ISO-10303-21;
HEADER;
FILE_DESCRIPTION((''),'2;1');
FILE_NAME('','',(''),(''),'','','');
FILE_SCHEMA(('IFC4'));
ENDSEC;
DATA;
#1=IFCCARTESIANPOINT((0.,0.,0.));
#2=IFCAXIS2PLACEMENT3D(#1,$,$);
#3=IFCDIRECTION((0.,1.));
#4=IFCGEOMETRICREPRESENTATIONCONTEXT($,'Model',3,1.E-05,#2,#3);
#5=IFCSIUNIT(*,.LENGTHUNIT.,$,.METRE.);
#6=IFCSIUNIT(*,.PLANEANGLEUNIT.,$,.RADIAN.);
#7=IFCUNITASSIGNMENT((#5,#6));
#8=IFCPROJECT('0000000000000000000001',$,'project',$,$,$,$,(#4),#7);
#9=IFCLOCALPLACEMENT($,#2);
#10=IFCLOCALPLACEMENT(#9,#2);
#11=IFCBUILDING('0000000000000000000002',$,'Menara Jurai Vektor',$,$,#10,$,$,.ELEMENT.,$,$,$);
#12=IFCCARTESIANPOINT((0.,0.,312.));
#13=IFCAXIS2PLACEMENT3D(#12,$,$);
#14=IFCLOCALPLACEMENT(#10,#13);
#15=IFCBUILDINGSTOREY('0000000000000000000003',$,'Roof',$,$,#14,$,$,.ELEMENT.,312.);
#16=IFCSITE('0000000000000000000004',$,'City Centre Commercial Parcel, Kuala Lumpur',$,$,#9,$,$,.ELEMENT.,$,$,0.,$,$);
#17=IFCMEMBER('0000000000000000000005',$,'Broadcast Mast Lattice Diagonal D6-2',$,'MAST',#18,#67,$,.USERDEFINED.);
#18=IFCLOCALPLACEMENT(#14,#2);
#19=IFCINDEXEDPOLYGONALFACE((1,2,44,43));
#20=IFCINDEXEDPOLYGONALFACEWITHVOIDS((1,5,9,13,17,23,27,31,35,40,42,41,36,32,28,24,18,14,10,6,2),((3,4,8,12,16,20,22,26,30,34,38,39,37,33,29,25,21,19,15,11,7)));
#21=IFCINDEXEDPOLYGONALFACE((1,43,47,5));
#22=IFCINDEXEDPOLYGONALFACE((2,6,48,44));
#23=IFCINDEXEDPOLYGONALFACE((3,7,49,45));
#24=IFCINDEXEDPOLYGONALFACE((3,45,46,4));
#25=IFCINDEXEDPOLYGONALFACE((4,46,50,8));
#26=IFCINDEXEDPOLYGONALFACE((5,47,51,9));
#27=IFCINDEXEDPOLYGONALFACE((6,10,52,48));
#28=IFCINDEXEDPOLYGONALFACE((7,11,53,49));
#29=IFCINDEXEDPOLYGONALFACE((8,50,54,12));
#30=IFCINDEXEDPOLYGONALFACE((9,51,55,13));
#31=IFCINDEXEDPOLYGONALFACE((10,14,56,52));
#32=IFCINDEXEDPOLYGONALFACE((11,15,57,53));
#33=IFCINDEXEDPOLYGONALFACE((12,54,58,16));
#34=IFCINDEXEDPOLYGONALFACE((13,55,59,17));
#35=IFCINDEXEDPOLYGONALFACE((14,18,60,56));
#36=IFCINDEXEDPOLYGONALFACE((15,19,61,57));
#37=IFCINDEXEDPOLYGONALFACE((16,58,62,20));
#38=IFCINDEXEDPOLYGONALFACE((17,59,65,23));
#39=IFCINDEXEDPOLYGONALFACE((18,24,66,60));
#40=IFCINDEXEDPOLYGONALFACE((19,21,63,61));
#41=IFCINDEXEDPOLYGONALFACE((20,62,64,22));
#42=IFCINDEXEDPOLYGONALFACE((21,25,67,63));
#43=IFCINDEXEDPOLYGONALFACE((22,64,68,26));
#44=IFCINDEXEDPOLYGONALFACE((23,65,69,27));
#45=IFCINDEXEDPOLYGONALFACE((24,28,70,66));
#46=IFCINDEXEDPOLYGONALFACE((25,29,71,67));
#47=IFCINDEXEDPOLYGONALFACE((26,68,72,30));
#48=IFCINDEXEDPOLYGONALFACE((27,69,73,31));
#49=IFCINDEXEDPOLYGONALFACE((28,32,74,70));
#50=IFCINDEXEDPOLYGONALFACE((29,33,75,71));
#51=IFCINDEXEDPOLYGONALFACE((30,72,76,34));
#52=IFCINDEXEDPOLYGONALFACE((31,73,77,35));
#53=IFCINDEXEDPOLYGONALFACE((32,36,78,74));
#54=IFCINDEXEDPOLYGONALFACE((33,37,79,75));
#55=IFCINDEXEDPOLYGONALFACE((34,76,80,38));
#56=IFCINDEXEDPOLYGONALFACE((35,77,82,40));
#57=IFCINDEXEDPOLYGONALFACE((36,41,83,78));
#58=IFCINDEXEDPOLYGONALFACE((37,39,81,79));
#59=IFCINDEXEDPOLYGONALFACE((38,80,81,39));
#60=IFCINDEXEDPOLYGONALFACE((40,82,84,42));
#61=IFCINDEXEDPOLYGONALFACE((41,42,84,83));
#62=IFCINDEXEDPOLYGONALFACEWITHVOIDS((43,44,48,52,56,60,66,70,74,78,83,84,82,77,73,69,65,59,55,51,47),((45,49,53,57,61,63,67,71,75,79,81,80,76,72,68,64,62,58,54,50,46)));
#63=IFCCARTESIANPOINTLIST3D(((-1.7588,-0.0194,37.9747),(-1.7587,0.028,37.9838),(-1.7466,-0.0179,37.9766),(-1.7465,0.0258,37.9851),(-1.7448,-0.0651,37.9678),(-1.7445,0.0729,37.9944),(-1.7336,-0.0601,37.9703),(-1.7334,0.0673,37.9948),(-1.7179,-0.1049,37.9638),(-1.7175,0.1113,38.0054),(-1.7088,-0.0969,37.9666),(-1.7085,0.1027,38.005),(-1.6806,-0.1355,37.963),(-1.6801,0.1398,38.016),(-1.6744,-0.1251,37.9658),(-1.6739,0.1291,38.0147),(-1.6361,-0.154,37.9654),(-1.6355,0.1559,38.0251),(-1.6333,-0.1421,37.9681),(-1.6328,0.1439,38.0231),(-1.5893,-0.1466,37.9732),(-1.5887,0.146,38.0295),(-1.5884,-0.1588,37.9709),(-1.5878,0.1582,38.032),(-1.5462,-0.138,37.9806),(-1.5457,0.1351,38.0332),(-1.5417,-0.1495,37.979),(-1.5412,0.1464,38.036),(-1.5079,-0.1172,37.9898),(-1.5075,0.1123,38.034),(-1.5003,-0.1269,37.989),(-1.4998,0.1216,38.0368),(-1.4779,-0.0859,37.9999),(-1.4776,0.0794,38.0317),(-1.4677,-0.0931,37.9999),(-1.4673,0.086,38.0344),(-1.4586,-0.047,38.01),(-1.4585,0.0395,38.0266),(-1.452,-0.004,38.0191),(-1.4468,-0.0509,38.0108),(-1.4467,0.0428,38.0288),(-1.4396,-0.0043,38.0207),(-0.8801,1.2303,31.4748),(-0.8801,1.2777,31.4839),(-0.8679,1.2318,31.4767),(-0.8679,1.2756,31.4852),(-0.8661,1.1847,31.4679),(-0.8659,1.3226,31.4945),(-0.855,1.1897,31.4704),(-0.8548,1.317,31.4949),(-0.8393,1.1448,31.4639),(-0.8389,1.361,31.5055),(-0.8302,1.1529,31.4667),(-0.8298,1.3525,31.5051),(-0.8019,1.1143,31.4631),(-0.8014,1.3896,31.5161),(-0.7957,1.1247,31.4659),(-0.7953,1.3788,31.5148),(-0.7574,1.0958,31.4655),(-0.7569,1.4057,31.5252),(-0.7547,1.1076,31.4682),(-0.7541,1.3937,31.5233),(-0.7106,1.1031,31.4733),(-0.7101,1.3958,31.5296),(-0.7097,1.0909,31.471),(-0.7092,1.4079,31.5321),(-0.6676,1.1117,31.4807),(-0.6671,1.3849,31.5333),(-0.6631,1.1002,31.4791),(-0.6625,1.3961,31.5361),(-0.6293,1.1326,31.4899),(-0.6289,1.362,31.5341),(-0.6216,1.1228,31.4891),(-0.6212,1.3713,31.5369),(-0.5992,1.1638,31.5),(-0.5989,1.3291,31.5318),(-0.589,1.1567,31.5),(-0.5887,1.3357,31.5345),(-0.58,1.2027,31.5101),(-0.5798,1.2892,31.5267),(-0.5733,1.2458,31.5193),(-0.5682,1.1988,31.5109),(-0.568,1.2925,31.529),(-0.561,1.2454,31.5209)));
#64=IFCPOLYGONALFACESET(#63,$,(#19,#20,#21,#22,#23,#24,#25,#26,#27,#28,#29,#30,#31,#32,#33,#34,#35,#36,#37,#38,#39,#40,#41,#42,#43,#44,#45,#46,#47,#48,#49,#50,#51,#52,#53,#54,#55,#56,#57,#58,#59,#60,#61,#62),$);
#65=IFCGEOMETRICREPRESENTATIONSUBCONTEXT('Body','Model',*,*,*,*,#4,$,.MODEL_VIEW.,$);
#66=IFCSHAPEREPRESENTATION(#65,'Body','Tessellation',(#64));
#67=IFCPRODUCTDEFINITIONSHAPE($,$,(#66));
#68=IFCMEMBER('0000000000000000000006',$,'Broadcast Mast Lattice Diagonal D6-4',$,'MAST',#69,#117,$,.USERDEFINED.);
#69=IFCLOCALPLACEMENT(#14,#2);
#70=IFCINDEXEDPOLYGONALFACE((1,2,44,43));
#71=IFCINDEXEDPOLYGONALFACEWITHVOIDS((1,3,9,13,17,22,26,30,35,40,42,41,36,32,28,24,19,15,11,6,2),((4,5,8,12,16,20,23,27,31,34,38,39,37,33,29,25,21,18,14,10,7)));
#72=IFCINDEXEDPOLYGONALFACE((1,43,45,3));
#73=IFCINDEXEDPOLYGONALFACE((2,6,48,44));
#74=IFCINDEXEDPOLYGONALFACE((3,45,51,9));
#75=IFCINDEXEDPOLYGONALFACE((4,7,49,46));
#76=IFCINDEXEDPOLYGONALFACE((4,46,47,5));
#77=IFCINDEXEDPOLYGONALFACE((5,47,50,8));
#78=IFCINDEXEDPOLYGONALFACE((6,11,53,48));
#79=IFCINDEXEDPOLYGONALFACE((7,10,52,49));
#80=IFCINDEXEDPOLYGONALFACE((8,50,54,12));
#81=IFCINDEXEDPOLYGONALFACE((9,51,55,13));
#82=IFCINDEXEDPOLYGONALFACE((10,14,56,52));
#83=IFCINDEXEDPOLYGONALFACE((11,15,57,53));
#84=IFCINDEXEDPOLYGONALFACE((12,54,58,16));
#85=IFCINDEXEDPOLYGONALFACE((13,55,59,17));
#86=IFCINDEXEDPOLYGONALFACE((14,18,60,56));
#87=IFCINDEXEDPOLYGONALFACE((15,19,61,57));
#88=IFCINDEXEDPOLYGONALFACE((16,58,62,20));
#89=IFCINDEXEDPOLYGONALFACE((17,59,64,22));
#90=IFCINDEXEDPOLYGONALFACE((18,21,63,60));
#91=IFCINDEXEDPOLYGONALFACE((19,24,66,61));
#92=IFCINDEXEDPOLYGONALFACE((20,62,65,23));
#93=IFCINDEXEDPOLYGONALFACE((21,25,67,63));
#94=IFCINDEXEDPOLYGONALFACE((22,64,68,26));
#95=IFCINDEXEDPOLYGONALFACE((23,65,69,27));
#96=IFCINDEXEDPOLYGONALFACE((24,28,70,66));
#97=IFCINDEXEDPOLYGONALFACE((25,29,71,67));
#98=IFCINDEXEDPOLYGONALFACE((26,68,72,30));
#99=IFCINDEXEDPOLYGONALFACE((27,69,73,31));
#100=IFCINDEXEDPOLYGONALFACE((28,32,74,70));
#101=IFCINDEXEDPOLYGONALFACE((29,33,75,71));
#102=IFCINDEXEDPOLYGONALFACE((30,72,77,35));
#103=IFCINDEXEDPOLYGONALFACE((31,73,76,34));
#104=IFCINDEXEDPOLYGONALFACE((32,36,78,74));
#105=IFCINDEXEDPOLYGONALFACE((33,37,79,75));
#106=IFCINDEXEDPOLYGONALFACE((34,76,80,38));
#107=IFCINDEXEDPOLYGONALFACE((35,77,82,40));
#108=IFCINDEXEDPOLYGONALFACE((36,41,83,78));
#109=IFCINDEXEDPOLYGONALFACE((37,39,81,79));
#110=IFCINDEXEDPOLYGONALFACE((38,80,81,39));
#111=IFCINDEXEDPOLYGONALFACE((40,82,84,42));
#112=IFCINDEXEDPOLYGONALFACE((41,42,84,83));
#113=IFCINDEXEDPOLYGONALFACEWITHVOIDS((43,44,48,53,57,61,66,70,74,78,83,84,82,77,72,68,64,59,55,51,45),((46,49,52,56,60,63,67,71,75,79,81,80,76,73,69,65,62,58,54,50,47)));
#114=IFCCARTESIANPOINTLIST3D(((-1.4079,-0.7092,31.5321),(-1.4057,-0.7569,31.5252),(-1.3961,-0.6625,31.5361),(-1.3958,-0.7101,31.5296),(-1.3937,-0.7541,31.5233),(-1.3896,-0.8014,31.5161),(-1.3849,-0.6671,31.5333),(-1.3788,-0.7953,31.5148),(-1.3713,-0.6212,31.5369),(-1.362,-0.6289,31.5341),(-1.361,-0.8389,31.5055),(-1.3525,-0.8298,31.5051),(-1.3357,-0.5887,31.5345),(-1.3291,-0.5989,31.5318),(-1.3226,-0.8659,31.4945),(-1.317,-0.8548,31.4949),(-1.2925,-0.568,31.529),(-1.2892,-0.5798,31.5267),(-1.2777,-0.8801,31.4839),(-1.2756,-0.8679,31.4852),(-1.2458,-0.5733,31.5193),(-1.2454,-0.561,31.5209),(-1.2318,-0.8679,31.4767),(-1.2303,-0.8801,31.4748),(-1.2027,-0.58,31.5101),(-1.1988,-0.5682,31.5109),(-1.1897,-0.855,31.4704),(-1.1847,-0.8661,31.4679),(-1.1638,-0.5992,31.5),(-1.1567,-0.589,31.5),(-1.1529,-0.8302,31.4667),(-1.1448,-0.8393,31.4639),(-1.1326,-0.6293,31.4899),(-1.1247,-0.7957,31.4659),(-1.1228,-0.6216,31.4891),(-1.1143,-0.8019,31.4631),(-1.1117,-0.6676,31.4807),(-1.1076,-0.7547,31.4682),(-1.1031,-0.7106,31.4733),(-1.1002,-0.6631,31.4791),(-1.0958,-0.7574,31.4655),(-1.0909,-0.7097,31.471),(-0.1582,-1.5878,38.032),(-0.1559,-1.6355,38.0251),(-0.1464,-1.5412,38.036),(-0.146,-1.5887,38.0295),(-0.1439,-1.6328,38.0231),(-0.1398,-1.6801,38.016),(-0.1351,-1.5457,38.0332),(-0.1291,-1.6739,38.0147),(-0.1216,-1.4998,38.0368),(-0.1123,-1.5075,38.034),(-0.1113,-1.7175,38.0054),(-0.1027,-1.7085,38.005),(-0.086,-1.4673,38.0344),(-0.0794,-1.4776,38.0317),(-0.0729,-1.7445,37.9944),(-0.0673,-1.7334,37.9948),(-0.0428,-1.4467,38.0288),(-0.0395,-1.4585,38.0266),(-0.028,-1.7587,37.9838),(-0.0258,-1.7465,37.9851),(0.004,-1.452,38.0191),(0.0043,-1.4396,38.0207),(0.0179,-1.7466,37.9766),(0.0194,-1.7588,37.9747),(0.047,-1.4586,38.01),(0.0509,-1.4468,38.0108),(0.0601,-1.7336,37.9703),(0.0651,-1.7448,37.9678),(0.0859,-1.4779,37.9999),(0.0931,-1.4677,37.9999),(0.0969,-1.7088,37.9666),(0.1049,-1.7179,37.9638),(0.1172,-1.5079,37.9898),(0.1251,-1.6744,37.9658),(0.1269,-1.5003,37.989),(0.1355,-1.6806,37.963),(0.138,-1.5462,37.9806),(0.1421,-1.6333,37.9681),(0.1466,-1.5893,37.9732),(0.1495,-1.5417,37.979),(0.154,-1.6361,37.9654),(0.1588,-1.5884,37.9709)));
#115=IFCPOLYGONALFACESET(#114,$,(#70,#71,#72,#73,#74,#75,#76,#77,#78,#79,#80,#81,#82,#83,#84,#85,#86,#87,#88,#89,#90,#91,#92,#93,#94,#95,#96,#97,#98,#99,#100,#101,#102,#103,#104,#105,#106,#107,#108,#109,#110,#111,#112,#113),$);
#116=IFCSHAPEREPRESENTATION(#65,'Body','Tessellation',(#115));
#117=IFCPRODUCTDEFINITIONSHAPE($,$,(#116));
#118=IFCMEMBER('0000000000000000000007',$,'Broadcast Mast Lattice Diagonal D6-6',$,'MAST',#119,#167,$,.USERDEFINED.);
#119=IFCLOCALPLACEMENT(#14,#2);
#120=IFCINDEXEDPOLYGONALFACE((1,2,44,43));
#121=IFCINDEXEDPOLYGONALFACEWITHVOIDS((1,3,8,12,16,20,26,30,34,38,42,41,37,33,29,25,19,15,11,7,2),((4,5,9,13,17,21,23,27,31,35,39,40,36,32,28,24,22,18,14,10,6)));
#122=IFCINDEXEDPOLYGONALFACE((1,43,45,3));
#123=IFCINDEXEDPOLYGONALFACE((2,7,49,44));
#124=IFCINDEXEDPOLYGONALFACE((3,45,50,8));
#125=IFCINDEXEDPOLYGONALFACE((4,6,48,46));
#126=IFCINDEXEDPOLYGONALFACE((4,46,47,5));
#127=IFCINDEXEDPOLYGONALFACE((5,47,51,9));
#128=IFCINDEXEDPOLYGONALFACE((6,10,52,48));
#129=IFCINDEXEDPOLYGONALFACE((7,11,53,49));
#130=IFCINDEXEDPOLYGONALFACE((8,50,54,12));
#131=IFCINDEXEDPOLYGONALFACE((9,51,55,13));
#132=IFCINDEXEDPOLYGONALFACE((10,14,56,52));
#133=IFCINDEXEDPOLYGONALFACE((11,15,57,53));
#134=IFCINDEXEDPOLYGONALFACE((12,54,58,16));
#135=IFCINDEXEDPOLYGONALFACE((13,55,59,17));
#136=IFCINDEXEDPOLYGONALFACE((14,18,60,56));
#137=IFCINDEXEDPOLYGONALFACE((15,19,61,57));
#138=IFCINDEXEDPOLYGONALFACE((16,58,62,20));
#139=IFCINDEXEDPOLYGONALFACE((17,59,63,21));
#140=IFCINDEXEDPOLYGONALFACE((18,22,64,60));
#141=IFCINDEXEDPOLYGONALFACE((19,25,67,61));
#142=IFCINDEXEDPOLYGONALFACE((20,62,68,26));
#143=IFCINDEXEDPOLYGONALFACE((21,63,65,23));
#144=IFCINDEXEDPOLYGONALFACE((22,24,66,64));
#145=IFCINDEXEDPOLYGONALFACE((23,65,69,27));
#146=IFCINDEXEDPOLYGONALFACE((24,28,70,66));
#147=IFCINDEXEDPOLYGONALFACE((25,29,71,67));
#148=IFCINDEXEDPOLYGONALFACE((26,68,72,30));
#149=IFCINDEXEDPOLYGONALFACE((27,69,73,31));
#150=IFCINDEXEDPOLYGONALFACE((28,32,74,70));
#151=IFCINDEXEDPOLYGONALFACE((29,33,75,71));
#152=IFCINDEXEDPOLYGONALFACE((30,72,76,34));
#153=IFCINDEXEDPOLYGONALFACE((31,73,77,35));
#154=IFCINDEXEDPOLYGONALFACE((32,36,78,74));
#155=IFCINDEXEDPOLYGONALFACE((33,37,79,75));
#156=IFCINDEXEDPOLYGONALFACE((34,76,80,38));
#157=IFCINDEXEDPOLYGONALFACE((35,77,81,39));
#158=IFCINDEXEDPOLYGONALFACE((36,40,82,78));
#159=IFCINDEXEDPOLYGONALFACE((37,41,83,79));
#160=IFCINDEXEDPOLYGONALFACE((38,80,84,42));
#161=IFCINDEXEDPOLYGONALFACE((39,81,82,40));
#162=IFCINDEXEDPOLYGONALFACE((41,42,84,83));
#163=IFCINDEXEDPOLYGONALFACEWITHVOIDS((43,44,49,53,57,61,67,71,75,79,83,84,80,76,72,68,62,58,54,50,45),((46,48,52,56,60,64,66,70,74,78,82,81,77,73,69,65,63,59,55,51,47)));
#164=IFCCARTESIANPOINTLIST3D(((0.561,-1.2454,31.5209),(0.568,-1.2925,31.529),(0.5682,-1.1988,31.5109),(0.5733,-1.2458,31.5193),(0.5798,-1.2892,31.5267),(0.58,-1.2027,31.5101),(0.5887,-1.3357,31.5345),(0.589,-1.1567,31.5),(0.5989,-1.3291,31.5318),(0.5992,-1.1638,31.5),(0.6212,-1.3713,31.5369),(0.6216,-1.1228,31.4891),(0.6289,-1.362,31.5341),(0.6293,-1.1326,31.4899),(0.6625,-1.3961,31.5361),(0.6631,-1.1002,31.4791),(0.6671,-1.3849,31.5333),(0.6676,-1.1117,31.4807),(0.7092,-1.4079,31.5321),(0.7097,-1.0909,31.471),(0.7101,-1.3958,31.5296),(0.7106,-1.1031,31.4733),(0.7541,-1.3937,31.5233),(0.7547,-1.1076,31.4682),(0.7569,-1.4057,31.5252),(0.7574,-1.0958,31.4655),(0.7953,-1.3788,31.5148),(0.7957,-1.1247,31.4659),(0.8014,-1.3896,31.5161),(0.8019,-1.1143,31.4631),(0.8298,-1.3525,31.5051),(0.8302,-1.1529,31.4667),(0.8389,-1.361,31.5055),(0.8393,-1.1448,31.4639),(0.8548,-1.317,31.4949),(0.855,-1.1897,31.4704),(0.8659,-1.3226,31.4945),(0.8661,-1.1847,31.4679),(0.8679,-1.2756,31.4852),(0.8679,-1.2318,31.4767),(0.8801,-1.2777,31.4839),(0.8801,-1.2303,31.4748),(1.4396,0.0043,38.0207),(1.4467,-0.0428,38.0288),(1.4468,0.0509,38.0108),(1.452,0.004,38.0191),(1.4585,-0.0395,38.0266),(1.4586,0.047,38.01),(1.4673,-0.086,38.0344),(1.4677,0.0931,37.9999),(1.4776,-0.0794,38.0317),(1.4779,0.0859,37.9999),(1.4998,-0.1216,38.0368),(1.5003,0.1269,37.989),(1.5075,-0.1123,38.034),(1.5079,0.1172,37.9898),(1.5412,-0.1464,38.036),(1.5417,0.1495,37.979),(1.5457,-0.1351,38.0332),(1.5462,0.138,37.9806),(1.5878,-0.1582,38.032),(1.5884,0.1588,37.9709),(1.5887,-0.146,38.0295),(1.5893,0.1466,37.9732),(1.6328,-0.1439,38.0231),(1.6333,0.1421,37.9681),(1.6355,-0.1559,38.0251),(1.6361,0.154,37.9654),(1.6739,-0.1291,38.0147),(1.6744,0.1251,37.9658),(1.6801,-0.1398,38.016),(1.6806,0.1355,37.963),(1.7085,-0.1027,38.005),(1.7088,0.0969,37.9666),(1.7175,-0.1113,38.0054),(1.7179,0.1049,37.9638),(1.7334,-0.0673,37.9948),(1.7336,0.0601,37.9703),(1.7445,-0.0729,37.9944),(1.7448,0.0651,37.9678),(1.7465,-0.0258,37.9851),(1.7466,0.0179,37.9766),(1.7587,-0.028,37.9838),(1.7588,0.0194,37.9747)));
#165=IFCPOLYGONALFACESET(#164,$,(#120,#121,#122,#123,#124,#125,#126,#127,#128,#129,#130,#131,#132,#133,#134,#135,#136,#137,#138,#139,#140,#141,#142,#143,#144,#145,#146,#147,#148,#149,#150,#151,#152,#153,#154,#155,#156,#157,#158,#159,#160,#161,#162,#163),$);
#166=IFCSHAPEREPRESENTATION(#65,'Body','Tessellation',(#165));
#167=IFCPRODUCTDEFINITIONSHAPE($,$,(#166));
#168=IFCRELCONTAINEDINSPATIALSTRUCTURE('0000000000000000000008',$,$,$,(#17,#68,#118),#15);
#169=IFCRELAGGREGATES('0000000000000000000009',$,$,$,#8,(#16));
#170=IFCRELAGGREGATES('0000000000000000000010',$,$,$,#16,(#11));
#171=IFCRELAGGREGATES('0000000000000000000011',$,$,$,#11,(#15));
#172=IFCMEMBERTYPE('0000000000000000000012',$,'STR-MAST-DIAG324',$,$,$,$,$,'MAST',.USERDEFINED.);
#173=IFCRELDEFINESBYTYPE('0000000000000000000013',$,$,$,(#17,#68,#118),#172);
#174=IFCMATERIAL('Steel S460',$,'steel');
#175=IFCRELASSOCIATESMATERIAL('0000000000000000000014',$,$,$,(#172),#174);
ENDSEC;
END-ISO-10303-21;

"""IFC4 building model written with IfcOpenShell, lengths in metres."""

from ifc_helpers import new_model, si_unit, direction, frame, origin, origin_2d, place, context, subcontext, project, spatial, hollow_circle, extrude, material, material_profile, profile_set, type_object, element, save


model = new_model("IFC4")

# Units and contexts
model_context = context("Model", 3, precision=1e-05, world=origin(), true_north=direction((0.0, 1.0)))
body_context = subcontext(model_context, "Body", "Model", "MODEL_VIEW")
ifc_project = project(units=[si_unit("LENGTHUNIT", "METRE"), si_unit("PLANEANGLEUNIT", "RADIAN")], contexts=[model_context])

# Site, building, storey
site_placement = place(None, origin())
site = spatial("IfcSite", under=ifc_project, at=site_placement, Name="City Centre Commercial Parcel, Kuala Lumpur", CompositionType="ELEMENT", RefElevation=0.0)
building_placement = place(site_placement, origin())
building = spatial("IfcBuilding", under=site, at=building_placement, Name="Menara Jurai Vektor", CompositionType="ELEMENT")
storey_placement = place(building_placement, frame((0.0, 0.0, 312.0)))
storey = spatial("IfcBuildingStorey", under=building, at=storey_placement, Name="Roof", CompositionType="ELEMENT", Elevation=312.0)

# Members
ifc_material = material(Name="Steel S460", Category="steel")
ifc_material_profile_1 = material_profile(ifc_material, hollow_circle(Radius=0.1619, WallThickness=0.0125, at=origin_2d()), Name="CHS 323.9x12.5")
ifc_profile_set_1 = profile_set([ifc_material_profile_1], Name="Steel S460")
member_type_1 = type_object("IfcMemberType", Name="STR-MAST-DIAG324", ElementType="MAST", PredefinedType="USERDEFINED", material=ifc_profile_set_1)
for number, where, z_axis, x_axis, name in (
    (1, (-0.7214, 1.2498, 31.5), (-0.131593, -0.18717, 0.973474), (0.818051, -0.575145, 0.0), "Broadcast Mast Lattice Diagonal D6-2"),
    (2, (-1.2498, -0.7214, 31.5), (0.18717, -0.131593, 0.973474), (0.575145, 0.818051, 0.0), "Broadcast Mast Lattice Diagonal D6-4"),
    (3, (0.7214, -1.2498, 31.5), (0.131593, 0.18717, 0.973474), (-0.818051, 0.575145, 0.0), "Broadcast Mast Lattice Diagonal D6-6"),
):
    element("IfcMember", number, at=place(storey_placement, frame(where, z_axis=z_axis, x_axis=x_axis)), inside=storey, type_object=member_type_1, Name=name, ObjectType="MAST", PredefinedType="USERDEFINED", context=body_context, shape_type="SweptSolid", body=[
        extrude(hollow_circle(Radius=0.1619, WallThickness=0.0125, at=origin_2d()), origin(), (0.0, 0.0, 1.0), 6.677),
    ])

save(model, "model.ifc")
